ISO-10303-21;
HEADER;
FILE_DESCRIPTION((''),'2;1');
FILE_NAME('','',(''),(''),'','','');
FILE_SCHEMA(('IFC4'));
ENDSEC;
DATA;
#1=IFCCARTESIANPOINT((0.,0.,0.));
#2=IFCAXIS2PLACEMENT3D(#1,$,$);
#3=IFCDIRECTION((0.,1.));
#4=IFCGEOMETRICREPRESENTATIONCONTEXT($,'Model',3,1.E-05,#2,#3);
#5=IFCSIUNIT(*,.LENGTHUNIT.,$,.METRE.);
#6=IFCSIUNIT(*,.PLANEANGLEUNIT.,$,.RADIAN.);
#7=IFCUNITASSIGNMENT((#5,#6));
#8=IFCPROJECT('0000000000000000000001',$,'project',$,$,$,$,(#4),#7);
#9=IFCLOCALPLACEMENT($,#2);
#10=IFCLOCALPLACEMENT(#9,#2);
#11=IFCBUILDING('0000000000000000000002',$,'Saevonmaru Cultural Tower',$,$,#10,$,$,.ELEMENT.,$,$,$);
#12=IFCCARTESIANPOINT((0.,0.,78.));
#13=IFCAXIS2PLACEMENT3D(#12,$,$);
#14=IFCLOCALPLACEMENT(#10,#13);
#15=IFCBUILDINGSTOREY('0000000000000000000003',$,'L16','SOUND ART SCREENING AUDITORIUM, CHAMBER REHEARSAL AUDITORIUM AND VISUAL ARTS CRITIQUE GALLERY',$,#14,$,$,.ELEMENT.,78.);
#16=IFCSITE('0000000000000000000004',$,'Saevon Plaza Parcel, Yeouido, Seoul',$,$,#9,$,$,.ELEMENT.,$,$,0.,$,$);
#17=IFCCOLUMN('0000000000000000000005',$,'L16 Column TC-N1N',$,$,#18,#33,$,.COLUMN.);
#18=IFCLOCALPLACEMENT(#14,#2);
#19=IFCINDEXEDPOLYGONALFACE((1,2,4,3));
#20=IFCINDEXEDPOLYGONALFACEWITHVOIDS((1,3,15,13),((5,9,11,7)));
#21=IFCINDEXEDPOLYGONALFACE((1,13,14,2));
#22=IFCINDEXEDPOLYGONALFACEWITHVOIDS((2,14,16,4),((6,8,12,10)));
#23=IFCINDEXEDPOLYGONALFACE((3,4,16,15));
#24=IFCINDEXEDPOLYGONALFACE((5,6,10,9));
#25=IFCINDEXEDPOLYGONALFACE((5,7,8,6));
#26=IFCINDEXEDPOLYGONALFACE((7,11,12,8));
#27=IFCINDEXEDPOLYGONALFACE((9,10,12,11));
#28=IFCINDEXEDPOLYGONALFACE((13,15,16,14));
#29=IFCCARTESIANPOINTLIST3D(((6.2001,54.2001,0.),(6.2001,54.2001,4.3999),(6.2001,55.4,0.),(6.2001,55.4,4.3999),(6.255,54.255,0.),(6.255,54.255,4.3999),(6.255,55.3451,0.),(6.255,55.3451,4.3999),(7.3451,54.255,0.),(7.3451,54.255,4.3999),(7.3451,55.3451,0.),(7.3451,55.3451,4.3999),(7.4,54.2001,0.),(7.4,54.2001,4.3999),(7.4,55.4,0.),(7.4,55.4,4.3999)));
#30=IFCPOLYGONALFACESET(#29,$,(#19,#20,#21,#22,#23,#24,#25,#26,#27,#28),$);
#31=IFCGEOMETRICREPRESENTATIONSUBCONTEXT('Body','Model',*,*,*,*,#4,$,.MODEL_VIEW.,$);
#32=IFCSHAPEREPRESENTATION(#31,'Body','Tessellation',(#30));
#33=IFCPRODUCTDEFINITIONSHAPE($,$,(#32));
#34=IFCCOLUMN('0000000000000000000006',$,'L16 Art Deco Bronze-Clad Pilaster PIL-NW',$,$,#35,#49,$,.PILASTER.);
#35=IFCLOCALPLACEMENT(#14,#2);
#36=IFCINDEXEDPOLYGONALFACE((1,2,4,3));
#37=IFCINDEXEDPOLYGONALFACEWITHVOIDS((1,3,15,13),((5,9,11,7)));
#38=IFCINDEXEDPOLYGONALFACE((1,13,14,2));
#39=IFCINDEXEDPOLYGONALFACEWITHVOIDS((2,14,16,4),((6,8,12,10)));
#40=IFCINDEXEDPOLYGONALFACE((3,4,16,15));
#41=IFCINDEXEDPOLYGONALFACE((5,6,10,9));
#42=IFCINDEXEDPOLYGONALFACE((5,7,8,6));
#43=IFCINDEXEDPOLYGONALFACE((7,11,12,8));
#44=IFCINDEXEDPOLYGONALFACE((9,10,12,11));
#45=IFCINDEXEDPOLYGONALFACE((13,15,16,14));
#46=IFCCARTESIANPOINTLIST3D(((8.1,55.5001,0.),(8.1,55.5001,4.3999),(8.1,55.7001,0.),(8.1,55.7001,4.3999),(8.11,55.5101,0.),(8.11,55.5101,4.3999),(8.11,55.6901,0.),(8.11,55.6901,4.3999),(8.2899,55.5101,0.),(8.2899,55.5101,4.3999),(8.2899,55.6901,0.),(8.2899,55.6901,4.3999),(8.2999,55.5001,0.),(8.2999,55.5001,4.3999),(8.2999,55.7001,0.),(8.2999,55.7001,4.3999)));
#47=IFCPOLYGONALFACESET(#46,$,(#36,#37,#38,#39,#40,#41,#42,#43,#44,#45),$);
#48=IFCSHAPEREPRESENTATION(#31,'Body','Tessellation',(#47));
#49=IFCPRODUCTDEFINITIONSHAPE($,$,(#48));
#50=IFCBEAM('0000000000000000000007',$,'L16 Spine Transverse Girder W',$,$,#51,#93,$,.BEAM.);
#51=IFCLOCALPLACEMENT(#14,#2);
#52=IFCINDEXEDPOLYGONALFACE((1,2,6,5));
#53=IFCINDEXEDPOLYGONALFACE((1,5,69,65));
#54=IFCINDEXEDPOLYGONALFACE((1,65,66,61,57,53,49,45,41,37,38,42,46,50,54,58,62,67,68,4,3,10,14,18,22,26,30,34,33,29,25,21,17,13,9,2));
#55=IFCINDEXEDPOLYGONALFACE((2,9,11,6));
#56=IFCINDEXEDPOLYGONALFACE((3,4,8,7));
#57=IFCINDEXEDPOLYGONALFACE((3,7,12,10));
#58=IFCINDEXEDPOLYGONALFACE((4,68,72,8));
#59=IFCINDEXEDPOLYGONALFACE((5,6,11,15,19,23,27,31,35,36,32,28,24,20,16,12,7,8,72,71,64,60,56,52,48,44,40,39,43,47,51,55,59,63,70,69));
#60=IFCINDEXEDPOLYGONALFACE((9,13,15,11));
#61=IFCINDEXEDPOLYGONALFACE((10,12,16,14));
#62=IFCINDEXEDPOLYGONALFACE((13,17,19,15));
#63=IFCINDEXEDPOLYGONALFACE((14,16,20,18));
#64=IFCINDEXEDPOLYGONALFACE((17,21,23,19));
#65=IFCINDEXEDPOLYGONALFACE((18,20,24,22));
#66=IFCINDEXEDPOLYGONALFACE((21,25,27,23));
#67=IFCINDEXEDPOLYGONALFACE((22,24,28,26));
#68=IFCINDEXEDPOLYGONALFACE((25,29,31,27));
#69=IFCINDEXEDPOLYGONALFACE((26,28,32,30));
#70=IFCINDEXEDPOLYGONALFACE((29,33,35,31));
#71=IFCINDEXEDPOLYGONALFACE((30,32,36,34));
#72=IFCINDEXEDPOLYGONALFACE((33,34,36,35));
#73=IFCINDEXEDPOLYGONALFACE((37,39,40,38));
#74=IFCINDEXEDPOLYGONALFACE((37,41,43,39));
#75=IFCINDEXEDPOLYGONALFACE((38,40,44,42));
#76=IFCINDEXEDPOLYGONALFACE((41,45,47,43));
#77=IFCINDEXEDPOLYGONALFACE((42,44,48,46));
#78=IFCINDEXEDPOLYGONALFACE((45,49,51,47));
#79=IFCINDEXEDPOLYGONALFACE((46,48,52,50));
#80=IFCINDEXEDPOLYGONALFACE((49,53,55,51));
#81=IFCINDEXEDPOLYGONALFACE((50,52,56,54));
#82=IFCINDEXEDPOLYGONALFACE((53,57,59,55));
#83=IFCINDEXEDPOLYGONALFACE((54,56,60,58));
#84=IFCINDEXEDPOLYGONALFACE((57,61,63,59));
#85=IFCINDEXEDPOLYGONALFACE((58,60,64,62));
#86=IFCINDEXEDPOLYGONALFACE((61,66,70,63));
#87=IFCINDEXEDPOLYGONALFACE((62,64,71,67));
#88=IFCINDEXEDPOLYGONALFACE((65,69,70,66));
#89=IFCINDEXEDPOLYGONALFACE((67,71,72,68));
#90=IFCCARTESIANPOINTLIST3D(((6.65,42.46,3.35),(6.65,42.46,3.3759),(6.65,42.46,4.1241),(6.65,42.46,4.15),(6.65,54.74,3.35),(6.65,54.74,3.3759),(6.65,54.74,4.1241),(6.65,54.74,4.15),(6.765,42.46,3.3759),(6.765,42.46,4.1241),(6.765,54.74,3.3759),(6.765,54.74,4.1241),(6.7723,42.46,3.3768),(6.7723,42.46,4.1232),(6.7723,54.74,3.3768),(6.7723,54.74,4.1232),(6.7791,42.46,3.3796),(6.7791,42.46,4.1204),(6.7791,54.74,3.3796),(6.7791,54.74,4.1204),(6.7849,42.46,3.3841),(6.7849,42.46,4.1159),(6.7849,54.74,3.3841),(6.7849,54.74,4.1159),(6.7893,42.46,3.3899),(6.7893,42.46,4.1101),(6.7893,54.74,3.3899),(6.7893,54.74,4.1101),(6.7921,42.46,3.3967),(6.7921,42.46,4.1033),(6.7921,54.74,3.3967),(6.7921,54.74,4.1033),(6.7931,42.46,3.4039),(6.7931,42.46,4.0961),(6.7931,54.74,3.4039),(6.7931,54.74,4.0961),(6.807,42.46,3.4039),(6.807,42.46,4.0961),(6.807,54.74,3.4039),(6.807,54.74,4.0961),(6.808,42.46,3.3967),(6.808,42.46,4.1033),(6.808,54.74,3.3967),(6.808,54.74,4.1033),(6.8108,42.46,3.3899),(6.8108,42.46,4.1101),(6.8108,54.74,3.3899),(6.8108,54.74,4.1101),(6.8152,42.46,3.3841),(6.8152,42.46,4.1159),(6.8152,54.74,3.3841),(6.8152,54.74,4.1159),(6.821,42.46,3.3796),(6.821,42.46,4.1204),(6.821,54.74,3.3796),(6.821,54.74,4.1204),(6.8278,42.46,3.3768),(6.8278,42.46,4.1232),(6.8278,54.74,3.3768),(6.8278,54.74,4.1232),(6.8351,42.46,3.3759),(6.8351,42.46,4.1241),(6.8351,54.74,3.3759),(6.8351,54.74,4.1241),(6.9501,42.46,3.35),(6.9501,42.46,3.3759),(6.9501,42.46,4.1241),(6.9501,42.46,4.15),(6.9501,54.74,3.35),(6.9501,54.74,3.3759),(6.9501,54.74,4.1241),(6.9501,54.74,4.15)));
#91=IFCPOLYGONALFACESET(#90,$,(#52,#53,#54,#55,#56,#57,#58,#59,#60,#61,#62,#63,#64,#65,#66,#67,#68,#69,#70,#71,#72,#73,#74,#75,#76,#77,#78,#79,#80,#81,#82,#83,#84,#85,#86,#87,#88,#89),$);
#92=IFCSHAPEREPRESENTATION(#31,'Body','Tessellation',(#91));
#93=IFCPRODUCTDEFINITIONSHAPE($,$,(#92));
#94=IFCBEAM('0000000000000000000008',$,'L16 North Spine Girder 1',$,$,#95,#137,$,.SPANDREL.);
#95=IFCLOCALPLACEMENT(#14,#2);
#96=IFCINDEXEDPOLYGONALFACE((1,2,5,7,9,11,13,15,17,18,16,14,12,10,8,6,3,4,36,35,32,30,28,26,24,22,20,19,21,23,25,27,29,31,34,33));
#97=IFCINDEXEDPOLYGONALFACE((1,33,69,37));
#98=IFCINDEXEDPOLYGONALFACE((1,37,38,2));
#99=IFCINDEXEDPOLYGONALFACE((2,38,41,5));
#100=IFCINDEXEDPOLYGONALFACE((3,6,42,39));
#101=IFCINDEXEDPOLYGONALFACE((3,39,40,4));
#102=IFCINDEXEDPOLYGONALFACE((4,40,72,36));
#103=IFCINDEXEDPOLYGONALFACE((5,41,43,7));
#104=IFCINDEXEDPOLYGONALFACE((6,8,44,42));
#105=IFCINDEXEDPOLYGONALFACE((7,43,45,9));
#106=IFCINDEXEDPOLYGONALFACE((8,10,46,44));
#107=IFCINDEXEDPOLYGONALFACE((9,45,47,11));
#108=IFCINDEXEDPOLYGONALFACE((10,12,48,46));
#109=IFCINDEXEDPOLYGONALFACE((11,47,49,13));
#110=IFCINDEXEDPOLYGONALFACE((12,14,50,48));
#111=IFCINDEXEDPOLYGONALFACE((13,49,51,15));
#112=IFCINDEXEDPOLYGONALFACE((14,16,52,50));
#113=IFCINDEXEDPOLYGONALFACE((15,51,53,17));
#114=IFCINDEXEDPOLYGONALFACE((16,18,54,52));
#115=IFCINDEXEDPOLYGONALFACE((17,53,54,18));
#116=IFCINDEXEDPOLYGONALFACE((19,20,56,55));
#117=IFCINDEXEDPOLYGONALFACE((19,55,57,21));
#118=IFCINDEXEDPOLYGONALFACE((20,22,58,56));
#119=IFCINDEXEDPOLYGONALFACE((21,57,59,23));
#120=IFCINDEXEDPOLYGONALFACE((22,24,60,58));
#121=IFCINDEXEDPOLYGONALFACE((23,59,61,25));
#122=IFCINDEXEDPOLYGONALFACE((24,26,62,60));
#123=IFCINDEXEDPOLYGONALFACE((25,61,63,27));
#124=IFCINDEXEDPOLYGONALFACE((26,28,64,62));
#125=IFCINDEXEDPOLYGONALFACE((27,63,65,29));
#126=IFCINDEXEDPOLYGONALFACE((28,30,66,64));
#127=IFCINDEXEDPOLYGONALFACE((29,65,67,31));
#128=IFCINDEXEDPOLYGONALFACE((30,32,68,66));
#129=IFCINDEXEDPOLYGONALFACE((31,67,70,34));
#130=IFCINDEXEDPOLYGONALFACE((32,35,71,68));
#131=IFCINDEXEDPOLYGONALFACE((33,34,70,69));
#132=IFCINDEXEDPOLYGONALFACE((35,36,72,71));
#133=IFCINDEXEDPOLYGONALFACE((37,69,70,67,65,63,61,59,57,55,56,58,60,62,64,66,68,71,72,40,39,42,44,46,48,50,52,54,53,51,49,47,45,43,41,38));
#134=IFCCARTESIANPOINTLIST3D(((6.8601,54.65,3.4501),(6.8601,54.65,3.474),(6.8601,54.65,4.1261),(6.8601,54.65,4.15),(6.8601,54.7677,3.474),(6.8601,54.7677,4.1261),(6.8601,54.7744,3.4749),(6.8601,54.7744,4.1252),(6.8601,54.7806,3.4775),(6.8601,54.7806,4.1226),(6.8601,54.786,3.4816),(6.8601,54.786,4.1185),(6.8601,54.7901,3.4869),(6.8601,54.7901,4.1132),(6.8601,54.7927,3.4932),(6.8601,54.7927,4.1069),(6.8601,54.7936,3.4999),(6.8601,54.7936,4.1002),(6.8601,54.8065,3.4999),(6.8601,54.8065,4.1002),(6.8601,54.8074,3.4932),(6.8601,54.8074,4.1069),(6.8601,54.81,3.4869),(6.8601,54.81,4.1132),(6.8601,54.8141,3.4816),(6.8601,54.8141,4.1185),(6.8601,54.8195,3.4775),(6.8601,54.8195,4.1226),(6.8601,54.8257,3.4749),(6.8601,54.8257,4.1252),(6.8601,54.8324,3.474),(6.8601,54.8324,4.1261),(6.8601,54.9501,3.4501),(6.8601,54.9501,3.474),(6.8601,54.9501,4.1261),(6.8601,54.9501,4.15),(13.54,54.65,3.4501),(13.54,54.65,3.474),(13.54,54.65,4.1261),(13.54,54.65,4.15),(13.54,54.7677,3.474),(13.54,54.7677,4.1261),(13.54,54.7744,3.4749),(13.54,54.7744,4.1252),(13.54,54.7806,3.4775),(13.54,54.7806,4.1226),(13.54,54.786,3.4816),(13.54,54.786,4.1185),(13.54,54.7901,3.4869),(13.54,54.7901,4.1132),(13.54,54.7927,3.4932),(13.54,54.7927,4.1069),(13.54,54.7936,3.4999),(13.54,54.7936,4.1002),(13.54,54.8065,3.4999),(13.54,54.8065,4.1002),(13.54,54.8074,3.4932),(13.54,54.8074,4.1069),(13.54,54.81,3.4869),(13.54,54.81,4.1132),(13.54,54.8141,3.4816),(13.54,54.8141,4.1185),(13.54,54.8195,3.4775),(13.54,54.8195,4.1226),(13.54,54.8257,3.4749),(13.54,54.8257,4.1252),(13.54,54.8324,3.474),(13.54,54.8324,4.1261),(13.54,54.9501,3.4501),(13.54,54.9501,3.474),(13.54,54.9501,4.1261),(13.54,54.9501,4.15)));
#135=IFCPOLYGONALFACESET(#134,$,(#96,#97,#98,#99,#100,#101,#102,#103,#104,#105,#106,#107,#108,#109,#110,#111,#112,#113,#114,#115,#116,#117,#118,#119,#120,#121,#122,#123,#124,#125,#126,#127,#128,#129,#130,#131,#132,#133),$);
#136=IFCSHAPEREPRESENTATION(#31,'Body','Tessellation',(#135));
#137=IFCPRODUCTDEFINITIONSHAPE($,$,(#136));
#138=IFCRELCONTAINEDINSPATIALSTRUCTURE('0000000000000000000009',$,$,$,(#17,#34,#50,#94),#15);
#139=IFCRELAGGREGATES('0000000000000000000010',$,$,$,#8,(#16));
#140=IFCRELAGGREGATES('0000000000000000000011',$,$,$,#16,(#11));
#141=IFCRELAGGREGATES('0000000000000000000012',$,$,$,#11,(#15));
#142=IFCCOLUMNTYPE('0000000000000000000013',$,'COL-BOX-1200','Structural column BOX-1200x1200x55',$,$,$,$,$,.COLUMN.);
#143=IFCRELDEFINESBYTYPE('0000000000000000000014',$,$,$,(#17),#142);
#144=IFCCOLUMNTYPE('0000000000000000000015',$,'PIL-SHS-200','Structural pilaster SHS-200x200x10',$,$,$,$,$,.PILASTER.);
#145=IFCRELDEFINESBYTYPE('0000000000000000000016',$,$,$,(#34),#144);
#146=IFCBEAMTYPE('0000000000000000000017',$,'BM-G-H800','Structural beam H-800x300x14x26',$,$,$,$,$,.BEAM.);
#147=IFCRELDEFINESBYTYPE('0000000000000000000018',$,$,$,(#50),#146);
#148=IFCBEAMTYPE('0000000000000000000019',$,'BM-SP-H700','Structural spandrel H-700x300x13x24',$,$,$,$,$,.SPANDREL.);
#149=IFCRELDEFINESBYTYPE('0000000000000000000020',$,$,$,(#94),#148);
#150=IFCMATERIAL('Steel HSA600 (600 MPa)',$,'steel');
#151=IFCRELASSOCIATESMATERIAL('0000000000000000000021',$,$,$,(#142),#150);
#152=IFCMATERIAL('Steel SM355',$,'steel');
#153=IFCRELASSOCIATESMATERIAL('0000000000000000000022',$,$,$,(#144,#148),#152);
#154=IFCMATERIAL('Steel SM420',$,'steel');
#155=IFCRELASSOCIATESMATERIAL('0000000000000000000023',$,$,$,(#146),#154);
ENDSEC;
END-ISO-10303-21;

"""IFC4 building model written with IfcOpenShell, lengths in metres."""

from ifc_helpers import new_model, si_unit, direction, frame, origin, origin_2d, place, context, subcontext, project, spatial, hollow_rectangle, i_section, extrude, material, material_profile, profile_set, type_object, element, save


model = new_model("IFC4")

# Units and contexts
model_context = context("Model", 3, precision=1e-05, world=origin(), true_north=direction((0.0, 1.0)))
body_context = subcontext(model_context, "Body", "Model", "MODEL_VIEW")
ifc_project = project(units=[si_unit("LENGTHUNIT", "METRE"), si_unit("PLANEANGLEUNIT", "RADIAN")], contexts=[model_context])

# Site, building, storey
site_placement = place(None, origin())
site = spatial("IfcSite", under=ifc_project, at=site_placement, Name="Saevon Plaza Parcel, Yeouido, Seoul", CompositionType="ELEMENT", RefElevation=0.0)
building_placement = place(site_placement, origin())
building = spatial("IfcBuilding", under=site, at=building_placement, Name="Saevonmaru Cultural Tower", CompositionType="ELEMENT")
storey_placement = place(building_placement, frame((0.0, 0.0, 78.0)))
storey = spatial("IfcBuildingStorey", under=building, at=storey_placement, Name="L16", Description="SOUND ART SCREENING AUDITORIUM, CHAMBER REHEARSAL AUDITORIUM AND VISUAL ARTS CRITIQUE GALLERY", CompositionType="ELEMENT", Elevation=78.0)

# Columns
ifc_material_1 = material(Name="Steel HSA600 (600 MPa)", Category="steel")
ifc_material_profile_1 = material_profile(ifc_material_1, hollow_rectangle(XDim=1.2, YDim=1.2, WallThickness=0.0549, at=origin_2d()), Name="BOX-1200x1200x55")
ifc_profile_set_1 = profile_set([ifc_material_profile_1], Name="Steel HSA600 (600 MPa)")
column_type_1 = type_object("IfcColumnType", Name="COL-BOX-1200", Description="Structural column BOX-1200x1200x55", PredefinedType="COLUMN", material=ifc_profile_set_1)
column_1_placement = place(storey_placement, frame((6.8, 54.8, 0.0), z_axis=(0.0, 0.0, 1.0), x_axis=(1.0, 0.0, 0.0)))
element("IfcColumn", 1, at=column_1_placement, inside=storey, type_object=column_type_1, Name="L16 Column TC-N1N", PredefinedType="COLUMN", context=body_context, shape_type="SweptSolid", body=[
    extrude(hollow_rectangle(XDim=1.2, YDim=1.2, WallThickness=0.0549, at=origin_2d()), origin(), (0.0, 0.0, 1.0), 4.3999),
])
ifc_material_2 = material(Name="Steel SM355", Category="steel")
ifc_material_profile_2 = material_profile(ifc_material_2, hollow_rectangle(XDim=0.2, YDim=0.2, WallThickness=0.01, at=origin_2d()), Name="SHS-200x200x10")
ifc_profile_set_2 = profile_set([ifc_material_profile_2], Name="Steel SM355")
column_type_2 = type_object("IfcColumnType", Name="PIL-SHS-200", Description="Structural pilaster SHS-200x200x10", PredefinedType="PILASTER", material=ifc_profile_set_2)
column_2_placement = place(storey_placement, frame((8.2, 55.6001, 0.0), z_axis=(0.0, 0.0, 1.0), x_axis=(1.0, 0.0, 0.0)))
element("IfcColumn", 2, at=column_2_placement, inside=storey, type_object=column_type_2, Name="L16 Art Deco Bronze-Clad Pilaster PIL-NW", PredefinedType="PILASTER", context=body_context, shape_type="SweptSolid", body=[
    extrude(hollow_rectangle(XDim=0.2, YDim=0.2, WallThickness=0.01, at=origin_2d()), origin(), (0.0, 0.0, 1.0), 4.3999),
])

# Beams
ifc_material_3 = material(Name="Steel SM420", Category="steel")
ifc_material_profile_3 = material_profile(ifc_material_3, i_section(OverallWidth=0.3, OverallDepth=0.8, WebThickness=0.0139, FlangeThickness=0.0259, FilletRadius=0.0281, at=origin_2d()), Name="H-800x300x14x26")
ifc_profile_set_3 = profile_set([ifc_material_profile_3], Name="Steel SM420")
beam_type_1 = type_object("IfcBeamType", Name="BM-G-H800", Description="Structural beam H-800x300x14x26", PredefinedType="BEAM", material=ifc_profile_set_3)
beam_1_placement = place(storey_placement, frame((6.8, 54.74, 3.75), z_axis=(0.0, -1.0, 0.0), x_axis=(1.0, 0.0, 0.0)))
element("IfcBeam", 3, at=beam_1_placement, inside=storey, type_object=beam_type_1, Name="L16 Spine Transverse Girder W", PredefinedType="BEAM", context=body_context, shape_type="SweptSolid", body=[
    extrude(i_section(OverallWidth=0.3, OverallDepth=0.8, WebThickness=0.0139, FlangeThickness=0.0259, FilletRadius=0.0281, at=origin_2d()), origin(), (0.0, 0.0, 1.0), 12.28),
])
ifc_material_profile_4 = material_profile(ifc_material_2, i_section(OverallWidth=0.3, OverallDepth=0.7, WebThickness=0.0129, FlangeThickness=0.0239, FilletRadius=0.0259, at=origin_2d()), Name="H-700x300x13x24")
ifc_profile_set_4 = profile_set([ifc_material_profile_4], Name="Steel SM355")
beam_type_2 = type_object("IfcBeamType", Name="BM-SP-H700", Description="Structural spandrel H-700x300x13x24", PredefinedType="SPANDREL", material=ifc_profile_set_4)
beam_2_placement = place(storey_placement, frame((6.8601, 54.8, 3.8), z_axis=(1.0, 0.0, 0.0), x_axis=(0.0, 1.0, 0.0)))
element("IfcBeam", 4, at=beam_2_placement, inside=storey, type_object=beam_type_2, Name="L16 North Spine Girder 1", PredefinedType="SPANDREL", context=body_context, shape_type="SweptSolid", body=[
    extrude(i_section(OverallWidth=0.3, OverallDepth=0.7, WebThickness=0.0129, FlangeThickness=0.0239, FilletRadius=0.0259, at=origin_2d()), origin(), (0.0, 0.0, 1.0), 6.6799),
])

save(model, "model.ifc")
